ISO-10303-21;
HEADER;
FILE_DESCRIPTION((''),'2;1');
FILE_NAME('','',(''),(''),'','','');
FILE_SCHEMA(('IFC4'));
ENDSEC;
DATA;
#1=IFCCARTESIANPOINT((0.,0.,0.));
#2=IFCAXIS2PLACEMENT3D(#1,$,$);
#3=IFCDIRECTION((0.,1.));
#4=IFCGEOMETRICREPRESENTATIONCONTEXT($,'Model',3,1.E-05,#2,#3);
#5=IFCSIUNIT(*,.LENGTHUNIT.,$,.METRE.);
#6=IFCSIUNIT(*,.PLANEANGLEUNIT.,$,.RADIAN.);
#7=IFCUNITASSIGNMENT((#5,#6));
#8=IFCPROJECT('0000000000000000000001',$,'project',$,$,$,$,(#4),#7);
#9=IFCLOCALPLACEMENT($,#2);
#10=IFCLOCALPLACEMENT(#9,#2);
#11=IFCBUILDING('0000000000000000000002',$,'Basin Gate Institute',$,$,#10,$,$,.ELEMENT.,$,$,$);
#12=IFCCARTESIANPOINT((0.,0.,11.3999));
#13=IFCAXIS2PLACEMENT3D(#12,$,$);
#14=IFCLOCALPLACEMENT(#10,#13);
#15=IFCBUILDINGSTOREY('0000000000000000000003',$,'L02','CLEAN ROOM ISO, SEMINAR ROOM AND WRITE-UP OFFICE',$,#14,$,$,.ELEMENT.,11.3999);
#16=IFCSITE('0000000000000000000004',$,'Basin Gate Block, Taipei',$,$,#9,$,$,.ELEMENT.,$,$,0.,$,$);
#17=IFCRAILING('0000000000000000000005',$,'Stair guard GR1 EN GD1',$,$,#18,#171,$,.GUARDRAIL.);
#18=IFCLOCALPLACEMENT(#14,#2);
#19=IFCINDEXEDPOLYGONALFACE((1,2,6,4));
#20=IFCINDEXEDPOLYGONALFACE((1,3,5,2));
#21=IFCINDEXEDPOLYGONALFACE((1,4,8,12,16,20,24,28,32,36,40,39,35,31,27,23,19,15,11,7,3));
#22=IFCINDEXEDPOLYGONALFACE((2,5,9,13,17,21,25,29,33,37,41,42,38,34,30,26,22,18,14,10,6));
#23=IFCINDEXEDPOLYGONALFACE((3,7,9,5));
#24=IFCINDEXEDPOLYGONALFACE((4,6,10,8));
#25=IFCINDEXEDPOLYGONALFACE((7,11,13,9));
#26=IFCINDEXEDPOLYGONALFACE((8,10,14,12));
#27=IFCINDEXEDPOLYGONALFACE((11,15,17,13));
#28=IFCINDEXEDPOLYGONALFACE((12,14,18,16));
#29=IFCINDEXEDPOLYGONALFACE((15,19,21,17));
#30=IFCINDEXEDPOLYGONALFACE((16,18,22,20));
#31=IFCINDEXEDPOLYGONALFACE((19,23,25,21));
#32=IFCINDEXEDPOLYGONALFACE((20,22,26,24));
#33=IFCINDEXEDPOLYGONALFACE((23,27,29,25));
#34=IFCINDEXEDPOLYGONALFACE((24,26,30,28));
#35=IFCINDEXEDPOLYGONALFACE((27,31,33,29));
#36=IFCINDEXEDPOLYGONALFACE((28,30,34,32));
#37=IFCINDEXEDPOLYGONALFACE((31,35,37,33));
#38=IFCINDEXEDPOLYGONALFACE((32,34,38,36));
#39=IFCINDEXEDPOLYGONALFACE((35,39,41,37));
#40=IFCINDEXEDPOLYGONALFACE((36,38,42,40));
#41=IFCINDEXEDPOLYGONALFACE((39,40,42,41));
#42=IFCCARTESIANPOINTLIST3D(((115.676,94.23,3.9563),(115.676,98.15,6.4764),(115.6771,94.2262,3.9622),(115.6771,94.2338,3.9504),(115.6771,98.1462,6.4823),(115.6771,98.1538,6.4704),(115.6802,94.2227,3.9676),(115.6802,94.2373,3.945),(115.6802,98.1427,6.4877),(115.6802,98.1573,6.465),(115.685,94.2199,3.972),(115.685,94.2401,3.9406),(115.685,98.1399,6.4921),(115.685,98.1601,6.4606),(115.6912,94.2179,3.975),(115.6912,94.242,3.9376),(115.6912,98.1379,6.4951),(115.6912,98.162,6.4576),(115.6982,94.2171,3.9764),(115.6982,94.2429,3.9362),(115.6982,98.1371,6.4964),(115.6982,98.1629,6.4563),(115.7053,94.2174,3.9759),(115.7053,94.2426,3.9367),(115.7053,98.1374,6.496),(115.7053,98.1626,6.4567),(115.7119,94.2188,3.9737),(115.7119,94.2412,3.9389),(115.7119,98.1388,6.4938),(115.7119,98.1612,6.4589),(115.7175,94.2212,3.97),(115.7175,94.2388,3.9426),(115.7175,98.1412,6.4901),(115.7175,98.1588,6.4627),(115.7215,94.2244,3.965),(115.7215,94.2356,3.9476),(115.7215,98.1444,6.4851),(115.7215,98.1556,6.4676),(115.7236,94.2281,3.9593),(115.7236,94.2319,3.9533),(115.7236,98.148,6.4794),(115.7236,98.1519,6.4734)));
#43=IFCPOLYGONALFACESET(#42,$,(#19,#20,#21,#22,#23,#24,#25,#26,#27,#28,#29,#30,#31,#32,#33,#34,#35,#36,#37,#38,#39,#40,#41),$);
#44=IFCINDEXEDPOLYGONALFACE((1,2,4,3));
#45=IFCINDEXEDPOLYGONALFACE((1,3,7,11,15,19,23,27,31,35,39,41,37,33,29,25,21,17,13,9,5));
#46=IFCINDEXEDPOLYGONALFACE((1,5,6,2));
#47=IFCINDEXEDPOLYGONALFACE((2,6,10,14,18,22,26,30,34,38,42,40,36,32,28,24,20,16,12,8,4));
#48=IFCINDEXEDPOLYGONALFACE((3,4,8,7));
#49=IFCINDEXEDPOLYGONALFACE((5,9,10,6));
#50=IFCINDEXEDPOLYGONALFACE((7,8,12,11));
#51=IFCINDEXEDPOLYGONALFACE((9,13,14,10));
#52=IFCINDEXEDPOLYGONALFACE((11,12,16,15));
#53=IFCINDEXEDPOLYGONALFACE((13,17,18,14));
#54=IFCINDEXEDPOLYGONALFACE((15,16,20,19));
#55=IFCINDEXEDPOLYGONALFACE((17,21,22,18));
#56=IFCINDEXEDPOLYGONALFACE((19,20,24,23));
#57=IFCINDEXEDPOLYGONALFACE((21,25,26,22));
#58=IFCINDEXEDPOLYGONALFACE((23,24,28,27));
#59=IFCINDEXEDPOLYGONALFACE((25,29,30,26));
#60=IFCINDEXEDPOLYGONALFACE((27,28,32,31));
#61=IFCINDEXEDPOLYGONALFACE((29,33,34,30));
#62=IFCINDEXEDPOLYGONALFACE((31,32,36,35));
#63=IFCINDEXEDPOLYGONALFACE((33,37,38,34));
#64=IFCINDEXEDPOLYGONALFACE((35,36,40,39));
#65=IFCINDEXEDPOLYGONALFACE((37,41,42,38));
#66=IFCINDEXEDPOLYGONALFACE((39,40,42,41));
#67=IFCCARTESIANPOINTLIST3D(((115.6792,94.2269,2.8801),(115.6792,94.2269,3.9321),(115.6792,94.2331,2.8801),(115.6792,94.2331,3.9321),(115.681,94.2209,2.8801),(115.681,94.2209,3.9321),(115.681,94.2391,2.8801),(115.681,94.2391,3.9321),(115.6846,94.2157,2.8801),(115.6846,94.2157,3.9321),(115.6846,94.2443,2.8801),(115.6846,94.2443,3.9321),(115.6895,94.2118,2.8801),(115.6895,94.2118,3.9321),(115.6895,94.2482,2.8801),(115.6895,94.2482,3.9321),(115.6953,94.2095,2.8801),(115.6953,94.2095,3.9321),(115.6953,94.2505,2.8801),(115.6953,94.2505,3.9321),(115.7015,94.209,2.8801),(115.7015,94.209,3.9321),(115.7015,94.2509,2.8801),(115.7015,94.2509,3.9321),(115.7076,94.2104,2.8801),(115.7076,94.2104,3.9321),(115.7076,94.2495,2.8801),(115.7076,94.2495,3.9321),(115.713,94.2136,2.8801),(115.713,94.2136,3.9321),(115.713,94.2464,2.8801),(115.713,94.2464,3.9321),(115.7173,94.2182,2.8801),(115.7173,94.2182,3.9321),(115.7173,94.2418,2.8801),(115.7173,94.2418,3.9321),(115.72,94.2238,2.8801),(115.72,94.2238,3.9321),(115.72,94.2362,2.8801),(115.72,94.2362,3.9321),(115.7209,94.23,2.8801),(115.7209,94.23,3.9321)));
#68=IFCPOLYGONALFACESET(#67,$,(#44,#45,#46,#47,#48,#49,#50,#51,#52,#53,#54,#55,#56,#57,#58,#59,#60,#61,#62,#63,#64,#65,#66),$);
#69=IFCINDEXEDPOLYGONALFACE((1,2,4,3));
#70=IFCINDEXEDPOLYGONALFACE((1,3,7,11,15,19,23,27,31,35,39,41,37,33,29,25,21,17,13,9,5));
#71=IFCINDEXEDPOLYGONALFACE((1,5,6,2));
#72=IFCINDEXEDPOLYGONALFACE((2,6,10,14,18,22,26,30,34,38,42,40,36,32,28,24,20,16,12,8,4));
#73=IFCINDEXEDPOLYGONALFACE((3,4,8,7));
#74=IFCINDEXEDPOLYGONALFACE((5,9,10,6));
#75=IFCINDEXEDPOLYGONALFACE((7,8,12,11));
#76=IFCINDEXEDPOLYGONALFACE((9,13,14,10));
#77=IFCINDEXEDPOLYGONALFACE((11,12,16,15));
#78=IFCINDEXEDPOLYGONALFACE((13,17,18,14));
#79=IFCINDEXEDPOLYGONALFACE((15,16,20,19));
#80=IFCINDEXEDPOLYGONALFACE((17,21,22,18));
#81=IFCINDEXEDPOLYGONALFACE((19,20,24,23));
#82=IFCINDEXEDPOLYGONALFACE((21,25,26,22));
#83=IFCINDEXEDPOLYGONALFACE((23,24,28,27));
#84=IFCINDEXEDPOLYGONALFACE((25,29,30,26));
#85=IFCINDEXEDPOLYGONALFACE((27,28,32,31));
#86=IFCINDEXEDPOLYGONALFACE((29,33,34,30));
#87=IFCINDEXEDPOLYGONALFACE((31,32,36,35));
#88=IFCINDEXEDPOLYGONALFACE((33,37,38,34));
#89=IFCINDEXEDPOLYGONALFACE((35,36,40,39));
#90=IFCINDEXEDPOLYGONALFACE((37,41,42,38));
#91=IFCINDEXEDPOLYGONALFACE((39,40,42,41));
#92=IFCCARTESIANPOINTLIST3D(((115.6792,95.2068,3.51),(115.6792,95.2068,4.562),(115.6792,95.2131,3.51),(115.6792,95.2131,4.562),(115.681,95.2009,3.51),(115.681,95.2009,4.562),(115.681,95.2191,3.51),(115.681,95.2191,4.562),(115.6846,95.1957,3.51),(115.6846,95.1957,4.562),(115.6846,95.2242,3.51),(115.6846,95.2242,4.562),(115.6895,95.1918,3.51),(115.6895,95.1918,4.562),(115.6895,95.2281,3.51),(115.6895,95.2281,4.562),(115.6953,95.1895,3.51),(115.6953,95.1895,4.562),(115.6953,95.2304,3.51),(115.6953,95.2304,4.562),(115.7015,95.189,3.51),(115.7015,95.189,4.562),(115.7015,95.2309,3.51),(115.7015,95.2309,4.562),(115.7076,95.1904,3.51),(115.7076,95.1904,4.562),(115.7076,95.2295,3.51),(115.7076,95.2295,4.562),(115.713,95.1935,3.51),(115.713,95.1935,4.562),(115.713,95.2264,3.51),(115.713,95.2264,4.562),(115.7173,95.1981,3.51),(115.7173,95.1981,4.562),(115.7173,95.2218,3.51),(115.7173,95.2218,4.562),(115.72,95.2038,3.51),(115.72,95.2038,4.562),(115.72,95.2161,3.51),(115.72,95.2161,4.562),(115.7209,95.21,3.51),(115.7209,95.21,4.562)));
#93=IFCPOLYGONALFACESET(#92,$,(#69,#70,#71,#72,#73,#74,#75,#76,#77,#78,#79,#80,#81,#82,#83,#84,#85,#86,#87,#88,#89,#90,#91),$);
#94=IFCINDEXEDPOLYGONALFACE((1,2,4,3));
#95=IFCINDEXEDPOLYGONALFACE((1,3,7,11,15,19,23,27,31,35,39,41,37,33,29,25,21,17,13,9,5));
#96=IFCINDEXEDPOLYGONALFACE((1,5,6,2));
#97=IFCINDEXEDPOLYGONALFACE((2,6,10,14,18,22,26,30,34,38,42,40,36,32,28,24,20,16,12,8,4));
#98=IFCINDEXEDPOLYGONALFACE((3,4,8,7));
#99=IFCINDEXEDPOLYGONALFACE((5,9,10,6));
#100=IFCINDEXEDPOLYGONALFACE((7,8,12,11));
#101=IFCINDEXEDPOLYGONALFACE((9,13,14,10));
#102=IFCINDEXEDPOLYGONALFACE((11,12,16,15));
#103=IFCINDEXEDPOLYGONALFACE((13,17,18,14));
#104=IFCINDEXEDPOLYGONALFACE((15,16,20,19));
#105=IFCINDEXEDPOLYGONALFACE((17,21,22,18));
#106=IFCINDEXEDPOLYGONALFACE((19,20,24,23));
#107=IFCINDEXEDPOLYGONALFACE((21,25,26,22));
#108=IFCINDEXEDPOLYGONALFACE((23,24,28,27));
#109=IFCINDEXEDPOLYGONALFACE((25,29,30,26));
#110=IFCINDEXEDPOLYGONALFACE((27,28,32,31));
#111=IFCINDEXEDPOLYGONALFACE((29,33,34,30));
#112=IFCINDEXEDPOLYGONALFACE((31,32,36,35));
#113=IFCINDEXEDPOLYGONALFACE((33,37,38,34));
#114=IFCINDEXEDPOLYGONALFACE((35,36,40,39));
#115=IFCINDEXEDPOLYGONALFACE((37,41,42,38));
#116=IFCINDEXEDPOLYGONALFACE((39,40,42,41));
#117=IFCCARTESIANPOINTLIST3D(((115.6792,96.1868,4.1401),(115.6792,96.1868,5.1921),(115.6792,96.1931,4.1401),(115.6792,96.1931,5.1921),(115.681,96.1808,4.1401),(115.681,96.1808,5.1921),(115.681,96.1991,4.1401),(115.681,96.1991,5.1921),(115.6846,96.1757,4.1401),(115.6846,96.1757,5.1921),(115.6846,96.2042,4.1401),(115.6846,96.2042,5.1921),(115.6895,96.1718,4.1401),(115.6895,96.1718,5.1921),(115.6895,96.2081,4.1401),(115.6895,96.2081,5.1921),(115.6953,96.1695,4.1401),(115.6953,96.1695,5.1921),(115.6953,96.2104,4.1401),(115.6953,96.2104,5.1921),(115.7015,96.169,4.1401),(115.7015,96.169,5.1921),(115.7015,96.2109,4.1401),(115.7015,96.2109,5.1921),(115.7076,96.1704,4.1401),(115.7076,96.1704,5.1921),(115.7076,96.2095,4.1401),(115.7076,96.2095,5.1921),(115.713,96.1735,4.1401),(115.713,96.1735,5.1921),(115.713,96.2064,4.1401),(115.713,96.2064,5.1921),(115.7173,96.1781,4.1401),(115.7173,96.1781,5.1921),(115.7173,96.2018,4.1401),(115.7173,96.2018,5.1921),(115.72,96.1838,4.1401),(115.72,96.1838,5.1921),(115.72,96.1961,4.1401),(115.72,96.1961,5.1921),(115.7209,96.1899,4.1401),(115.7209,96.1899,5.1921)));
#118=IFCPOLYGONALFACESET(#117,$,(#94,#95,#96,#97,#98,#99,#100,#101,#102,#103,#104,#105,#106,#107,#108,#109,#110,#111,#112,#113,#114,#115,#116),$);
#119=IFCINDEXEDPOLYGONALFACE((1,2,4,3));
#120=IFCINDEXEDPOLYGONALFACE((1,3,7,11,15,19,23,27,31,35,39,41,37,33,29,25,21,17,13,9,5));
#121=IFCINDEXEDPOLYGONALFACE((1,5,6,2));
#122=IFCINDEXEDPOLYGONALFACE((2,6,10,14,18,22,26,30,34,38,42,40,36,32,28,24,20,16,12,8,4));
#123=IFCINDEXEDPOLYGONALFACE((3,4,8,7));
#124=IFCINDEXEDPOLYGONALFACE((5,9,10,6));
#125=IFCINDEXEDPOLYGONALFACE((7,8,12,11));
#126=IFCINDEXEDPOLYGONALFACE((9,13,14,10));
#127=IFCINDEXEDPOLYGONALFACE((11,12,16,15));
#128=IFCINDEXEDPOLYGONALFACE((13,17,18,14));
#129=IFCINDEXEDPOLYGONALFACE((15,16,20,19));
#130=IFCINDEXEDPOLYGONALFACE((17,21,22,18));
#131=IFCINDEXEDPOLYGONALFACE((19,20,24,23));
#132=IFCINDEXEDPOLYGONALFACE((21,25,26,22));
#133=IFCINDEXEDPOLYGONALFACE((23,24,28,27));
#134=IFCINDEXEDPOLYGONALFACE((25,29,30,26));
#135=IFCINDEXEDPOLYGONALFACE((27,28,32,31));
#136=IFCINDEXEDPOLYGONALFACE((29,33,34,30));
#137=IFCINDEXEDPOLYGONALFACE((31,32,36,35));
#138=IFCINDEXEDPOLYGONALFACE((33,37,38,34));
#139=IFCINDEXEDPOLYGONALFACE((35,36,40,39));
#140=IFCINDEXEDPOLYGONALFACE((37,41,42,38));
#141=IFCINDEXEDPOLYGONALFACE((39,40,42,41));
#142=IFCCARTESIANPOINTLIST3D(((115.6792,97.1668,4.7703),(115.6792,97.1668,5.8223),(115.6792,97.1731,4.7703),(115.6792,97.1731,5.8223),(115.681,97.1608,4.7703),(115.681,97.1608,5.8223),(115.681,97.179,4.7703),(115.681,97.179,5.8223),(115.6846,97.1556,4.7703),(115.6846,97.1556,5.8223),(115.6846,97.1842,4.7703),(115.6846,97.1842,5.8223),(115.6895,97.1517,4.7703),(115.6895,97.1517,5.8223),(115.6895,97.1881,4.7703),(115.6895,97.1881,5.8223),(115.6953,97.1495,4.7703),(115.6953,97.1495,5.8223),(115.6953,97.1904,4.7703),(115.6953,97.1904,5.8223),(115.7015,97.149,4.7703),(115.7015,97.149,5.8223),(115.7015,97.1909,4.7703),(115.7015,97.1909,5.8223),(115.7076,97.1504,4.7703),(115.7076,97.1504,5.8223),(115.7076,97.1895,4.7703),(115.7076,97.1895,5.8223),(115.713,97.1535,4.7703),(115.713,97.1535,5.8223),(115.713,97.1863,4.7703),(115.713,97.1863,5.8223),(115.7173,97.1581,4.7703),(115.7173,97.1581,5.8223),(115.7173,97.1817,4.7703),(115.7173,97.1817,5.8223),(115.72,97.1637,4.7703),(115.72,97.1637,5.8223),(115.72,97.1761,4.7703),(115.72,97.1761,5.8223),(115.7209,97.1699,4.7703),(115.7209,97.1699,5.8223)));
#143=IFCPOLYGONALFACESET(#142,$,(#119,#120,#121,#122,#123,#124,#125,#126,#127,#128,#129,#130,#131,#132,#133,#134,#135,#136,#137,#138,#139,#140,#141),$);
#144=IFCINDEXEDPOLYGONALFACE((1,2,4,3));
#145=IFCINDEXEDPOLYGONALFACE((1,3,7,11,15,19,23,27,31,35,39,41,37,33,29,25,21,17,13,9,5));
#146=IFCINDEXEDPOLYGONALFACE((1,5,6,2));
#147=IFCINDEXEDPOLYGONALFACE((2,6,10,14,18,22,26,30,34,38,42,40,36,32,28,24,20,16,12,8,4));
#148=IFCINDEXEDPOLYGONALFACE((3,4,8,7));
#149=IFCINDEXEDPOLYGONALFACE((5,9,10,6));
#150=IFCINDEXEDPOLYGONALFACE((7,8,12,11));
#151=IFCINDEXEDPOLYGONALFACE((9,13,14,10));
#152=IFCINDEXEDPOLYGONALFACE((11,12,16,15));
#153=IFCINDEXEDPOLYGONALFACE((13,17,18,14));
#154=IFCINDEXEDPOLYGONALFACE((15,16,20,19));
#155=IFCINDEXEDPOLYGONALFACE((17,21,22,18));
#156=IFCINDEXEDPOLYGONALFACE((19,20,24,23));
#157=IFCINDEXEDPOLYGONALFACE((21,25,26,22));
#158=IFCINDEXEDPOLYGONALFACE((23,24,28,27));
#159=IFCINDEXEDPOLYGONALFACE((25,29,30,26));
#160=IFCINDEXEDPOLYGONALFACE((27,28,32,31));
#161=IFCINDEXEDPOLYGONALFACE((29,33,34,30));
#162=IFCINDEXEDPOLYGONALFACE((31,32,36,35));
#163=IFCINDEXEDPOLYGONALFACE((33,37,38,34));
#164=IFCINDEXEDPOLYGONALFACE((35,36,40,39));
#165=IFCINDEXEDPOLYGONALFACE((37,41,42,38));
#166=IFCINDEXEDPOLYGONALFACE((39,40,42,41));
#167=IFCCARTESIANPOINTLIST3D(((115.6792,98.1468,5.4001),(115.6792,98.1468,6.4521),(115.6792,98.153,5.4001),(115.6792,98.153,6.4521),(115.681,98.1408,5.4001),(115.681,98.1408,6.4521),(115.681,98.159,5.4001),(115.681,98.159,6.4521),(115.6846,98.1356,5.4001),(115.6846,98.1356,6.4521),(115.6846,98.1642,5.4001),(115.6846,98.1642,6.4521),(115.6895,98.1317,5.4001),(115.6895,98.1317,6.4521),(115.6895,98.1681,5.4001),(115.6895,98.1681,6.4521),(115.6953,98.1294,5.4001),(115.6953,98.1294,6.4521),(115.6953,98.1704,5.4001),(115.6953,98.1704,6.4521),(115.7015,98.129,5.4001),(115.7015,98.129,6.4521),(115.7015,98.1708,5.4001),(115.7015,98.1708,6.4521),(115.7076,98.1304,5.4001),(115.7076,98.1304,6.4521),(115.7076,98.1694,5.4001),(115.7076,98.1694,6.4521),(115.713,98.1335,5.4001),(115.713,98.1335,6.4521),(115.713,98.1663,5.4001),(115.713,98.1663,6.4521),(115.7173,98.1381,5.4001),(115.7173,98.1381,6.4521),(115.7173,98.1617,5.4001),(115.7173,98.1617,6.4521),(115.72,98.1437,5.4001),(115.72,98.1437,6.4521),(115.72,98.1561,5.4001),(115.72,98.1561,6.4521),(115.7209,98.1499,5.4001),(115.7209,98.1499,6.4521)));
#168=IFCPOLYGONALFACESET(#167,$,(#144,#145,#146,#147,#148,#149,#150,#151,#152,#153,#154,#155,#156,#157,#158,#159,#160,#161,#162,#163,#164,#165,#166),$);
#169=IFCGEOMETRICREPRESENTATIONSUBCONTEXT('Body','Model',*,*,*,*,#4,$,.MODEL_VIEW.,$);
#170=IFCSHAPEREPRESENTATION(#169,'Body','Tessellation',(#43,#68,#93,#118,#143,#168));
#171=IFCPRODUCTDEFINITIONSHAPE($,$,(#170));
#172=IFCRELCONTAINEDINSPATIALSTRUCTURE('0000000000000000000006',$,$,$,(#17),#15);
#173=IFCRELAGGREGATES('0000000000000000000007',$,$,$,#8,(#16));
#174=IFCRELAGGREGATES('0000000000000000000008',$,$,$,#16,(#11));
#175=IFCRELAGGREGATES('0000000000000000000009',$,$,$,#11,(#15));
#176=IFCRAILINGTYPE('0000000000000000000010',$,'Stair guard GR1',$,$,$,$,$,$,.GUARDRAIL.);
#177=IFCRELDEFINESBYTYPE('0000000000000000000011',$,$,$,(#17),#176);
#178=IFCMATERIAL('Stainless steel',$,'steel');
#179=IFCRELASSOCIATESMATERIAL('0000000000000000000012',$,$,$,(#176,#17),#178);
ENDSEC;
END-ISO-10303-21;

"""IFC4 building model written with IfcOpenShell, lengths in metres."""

from ifc_helpers import new_model, si_unit, direction, frame, origin, origin_2d, place, context, subcontext, project, spatial, circle, extrude, material, type_object, element, save


model = new_model("IFC4")

# Units and contexts
model_context = context("Model", 3, precision=1e-05, world=origin(), true_north=direction((0.0, 1.0)))
body_context = subcontext(model_context, "Body", "Model", "MODEL_VIEW")
ifc_project = project(units=[si_unit("LENGTHUNIT", "METRE"), si_unit("PLANEANGLEUNIT", "RADIAN")], contexts=[model_context])

# Site, building, storey
site_placement = place(None, origin())
site = spatial("IfcSite", under=ifc_project, at=site_placement, Name="Basin Gate Block, Taipei", CompositionType="ELEMENT", RefElevation=0.0)
building_placement = place(site_placement, origin())
building = spatial("IfcBuilding", under=site, at=building_placement, Name="Basin Gate Institute", CompositionType="ELEMENT")
storey_placement = place(building_placement, frame((0.0, 0.0, 11.3999)))
storey = spatial("IfcBuildingStorey", under=building, at=storey_placement, Name="L02", Description="CLEAN ROOM ISO, SEMINAR ROOM AND WRITE-UP OFFICE", CompositionType="ELEMENT", Elevation=11.3999)

# Railing
ifc_material_1 = material(Name="Stainless steel", Category="steel")
railing_type_1 = type_object("IfcRailingType", Name="Stair guard GR1", PredefinedType="GUARDRAIL", material=ifc_material_1)
railing_1_placement = place(storey_placement, frame((115.7, 94.23, 2.8801)))
element("IfcRailing", 1, at=railing_1_placement, inside=storey, type_object=railing_type_1, material=ifc_material_1, Name="Stair guard GR1 EN GD1", PredefinedType="GUARDRAIL", context=body_context, shape_type="SweptSolid", body=[
    extrude(circle(Radius=0.0239, at=origin_2d()), frame((0.0, 0.0, 1.0762), z_axis=(0.0, 0.841172, 0.540768), x_axis=(-1.0, 0.0, 0.0)), (0.0, 0.0, 1.0), 4.6602),
    extrude(circle(Radius=0.021, at=origin_2d()), origin(), (0.0, 0.0, 1.0), 1.052),
    extrude(circle(Radius=0.021, at=origin_2d()), frame((0.0, 0.98, 0.6299)), (0.0, 0.0, 1.0), 1.052),
    extrude(circle(Radius=0.021, at=origin_2d()), frame((0.0, 1.96, 1.26)), (0.0, 0.0, 1.0), 1.052),
    extrude(circle(Radius=0.021, at=origin_2d()), frame((0.0, 2.9399, 1.8901)), (0.0, 0.0, 1.0), 1.052),
    extrude(circle(Radius=0.021, at=origin_2d()), frame((0.0, 3.9199, 2.52)), (0.0, 0.0, 1.0), 1.052),
])

save(model, "model.ifc")
